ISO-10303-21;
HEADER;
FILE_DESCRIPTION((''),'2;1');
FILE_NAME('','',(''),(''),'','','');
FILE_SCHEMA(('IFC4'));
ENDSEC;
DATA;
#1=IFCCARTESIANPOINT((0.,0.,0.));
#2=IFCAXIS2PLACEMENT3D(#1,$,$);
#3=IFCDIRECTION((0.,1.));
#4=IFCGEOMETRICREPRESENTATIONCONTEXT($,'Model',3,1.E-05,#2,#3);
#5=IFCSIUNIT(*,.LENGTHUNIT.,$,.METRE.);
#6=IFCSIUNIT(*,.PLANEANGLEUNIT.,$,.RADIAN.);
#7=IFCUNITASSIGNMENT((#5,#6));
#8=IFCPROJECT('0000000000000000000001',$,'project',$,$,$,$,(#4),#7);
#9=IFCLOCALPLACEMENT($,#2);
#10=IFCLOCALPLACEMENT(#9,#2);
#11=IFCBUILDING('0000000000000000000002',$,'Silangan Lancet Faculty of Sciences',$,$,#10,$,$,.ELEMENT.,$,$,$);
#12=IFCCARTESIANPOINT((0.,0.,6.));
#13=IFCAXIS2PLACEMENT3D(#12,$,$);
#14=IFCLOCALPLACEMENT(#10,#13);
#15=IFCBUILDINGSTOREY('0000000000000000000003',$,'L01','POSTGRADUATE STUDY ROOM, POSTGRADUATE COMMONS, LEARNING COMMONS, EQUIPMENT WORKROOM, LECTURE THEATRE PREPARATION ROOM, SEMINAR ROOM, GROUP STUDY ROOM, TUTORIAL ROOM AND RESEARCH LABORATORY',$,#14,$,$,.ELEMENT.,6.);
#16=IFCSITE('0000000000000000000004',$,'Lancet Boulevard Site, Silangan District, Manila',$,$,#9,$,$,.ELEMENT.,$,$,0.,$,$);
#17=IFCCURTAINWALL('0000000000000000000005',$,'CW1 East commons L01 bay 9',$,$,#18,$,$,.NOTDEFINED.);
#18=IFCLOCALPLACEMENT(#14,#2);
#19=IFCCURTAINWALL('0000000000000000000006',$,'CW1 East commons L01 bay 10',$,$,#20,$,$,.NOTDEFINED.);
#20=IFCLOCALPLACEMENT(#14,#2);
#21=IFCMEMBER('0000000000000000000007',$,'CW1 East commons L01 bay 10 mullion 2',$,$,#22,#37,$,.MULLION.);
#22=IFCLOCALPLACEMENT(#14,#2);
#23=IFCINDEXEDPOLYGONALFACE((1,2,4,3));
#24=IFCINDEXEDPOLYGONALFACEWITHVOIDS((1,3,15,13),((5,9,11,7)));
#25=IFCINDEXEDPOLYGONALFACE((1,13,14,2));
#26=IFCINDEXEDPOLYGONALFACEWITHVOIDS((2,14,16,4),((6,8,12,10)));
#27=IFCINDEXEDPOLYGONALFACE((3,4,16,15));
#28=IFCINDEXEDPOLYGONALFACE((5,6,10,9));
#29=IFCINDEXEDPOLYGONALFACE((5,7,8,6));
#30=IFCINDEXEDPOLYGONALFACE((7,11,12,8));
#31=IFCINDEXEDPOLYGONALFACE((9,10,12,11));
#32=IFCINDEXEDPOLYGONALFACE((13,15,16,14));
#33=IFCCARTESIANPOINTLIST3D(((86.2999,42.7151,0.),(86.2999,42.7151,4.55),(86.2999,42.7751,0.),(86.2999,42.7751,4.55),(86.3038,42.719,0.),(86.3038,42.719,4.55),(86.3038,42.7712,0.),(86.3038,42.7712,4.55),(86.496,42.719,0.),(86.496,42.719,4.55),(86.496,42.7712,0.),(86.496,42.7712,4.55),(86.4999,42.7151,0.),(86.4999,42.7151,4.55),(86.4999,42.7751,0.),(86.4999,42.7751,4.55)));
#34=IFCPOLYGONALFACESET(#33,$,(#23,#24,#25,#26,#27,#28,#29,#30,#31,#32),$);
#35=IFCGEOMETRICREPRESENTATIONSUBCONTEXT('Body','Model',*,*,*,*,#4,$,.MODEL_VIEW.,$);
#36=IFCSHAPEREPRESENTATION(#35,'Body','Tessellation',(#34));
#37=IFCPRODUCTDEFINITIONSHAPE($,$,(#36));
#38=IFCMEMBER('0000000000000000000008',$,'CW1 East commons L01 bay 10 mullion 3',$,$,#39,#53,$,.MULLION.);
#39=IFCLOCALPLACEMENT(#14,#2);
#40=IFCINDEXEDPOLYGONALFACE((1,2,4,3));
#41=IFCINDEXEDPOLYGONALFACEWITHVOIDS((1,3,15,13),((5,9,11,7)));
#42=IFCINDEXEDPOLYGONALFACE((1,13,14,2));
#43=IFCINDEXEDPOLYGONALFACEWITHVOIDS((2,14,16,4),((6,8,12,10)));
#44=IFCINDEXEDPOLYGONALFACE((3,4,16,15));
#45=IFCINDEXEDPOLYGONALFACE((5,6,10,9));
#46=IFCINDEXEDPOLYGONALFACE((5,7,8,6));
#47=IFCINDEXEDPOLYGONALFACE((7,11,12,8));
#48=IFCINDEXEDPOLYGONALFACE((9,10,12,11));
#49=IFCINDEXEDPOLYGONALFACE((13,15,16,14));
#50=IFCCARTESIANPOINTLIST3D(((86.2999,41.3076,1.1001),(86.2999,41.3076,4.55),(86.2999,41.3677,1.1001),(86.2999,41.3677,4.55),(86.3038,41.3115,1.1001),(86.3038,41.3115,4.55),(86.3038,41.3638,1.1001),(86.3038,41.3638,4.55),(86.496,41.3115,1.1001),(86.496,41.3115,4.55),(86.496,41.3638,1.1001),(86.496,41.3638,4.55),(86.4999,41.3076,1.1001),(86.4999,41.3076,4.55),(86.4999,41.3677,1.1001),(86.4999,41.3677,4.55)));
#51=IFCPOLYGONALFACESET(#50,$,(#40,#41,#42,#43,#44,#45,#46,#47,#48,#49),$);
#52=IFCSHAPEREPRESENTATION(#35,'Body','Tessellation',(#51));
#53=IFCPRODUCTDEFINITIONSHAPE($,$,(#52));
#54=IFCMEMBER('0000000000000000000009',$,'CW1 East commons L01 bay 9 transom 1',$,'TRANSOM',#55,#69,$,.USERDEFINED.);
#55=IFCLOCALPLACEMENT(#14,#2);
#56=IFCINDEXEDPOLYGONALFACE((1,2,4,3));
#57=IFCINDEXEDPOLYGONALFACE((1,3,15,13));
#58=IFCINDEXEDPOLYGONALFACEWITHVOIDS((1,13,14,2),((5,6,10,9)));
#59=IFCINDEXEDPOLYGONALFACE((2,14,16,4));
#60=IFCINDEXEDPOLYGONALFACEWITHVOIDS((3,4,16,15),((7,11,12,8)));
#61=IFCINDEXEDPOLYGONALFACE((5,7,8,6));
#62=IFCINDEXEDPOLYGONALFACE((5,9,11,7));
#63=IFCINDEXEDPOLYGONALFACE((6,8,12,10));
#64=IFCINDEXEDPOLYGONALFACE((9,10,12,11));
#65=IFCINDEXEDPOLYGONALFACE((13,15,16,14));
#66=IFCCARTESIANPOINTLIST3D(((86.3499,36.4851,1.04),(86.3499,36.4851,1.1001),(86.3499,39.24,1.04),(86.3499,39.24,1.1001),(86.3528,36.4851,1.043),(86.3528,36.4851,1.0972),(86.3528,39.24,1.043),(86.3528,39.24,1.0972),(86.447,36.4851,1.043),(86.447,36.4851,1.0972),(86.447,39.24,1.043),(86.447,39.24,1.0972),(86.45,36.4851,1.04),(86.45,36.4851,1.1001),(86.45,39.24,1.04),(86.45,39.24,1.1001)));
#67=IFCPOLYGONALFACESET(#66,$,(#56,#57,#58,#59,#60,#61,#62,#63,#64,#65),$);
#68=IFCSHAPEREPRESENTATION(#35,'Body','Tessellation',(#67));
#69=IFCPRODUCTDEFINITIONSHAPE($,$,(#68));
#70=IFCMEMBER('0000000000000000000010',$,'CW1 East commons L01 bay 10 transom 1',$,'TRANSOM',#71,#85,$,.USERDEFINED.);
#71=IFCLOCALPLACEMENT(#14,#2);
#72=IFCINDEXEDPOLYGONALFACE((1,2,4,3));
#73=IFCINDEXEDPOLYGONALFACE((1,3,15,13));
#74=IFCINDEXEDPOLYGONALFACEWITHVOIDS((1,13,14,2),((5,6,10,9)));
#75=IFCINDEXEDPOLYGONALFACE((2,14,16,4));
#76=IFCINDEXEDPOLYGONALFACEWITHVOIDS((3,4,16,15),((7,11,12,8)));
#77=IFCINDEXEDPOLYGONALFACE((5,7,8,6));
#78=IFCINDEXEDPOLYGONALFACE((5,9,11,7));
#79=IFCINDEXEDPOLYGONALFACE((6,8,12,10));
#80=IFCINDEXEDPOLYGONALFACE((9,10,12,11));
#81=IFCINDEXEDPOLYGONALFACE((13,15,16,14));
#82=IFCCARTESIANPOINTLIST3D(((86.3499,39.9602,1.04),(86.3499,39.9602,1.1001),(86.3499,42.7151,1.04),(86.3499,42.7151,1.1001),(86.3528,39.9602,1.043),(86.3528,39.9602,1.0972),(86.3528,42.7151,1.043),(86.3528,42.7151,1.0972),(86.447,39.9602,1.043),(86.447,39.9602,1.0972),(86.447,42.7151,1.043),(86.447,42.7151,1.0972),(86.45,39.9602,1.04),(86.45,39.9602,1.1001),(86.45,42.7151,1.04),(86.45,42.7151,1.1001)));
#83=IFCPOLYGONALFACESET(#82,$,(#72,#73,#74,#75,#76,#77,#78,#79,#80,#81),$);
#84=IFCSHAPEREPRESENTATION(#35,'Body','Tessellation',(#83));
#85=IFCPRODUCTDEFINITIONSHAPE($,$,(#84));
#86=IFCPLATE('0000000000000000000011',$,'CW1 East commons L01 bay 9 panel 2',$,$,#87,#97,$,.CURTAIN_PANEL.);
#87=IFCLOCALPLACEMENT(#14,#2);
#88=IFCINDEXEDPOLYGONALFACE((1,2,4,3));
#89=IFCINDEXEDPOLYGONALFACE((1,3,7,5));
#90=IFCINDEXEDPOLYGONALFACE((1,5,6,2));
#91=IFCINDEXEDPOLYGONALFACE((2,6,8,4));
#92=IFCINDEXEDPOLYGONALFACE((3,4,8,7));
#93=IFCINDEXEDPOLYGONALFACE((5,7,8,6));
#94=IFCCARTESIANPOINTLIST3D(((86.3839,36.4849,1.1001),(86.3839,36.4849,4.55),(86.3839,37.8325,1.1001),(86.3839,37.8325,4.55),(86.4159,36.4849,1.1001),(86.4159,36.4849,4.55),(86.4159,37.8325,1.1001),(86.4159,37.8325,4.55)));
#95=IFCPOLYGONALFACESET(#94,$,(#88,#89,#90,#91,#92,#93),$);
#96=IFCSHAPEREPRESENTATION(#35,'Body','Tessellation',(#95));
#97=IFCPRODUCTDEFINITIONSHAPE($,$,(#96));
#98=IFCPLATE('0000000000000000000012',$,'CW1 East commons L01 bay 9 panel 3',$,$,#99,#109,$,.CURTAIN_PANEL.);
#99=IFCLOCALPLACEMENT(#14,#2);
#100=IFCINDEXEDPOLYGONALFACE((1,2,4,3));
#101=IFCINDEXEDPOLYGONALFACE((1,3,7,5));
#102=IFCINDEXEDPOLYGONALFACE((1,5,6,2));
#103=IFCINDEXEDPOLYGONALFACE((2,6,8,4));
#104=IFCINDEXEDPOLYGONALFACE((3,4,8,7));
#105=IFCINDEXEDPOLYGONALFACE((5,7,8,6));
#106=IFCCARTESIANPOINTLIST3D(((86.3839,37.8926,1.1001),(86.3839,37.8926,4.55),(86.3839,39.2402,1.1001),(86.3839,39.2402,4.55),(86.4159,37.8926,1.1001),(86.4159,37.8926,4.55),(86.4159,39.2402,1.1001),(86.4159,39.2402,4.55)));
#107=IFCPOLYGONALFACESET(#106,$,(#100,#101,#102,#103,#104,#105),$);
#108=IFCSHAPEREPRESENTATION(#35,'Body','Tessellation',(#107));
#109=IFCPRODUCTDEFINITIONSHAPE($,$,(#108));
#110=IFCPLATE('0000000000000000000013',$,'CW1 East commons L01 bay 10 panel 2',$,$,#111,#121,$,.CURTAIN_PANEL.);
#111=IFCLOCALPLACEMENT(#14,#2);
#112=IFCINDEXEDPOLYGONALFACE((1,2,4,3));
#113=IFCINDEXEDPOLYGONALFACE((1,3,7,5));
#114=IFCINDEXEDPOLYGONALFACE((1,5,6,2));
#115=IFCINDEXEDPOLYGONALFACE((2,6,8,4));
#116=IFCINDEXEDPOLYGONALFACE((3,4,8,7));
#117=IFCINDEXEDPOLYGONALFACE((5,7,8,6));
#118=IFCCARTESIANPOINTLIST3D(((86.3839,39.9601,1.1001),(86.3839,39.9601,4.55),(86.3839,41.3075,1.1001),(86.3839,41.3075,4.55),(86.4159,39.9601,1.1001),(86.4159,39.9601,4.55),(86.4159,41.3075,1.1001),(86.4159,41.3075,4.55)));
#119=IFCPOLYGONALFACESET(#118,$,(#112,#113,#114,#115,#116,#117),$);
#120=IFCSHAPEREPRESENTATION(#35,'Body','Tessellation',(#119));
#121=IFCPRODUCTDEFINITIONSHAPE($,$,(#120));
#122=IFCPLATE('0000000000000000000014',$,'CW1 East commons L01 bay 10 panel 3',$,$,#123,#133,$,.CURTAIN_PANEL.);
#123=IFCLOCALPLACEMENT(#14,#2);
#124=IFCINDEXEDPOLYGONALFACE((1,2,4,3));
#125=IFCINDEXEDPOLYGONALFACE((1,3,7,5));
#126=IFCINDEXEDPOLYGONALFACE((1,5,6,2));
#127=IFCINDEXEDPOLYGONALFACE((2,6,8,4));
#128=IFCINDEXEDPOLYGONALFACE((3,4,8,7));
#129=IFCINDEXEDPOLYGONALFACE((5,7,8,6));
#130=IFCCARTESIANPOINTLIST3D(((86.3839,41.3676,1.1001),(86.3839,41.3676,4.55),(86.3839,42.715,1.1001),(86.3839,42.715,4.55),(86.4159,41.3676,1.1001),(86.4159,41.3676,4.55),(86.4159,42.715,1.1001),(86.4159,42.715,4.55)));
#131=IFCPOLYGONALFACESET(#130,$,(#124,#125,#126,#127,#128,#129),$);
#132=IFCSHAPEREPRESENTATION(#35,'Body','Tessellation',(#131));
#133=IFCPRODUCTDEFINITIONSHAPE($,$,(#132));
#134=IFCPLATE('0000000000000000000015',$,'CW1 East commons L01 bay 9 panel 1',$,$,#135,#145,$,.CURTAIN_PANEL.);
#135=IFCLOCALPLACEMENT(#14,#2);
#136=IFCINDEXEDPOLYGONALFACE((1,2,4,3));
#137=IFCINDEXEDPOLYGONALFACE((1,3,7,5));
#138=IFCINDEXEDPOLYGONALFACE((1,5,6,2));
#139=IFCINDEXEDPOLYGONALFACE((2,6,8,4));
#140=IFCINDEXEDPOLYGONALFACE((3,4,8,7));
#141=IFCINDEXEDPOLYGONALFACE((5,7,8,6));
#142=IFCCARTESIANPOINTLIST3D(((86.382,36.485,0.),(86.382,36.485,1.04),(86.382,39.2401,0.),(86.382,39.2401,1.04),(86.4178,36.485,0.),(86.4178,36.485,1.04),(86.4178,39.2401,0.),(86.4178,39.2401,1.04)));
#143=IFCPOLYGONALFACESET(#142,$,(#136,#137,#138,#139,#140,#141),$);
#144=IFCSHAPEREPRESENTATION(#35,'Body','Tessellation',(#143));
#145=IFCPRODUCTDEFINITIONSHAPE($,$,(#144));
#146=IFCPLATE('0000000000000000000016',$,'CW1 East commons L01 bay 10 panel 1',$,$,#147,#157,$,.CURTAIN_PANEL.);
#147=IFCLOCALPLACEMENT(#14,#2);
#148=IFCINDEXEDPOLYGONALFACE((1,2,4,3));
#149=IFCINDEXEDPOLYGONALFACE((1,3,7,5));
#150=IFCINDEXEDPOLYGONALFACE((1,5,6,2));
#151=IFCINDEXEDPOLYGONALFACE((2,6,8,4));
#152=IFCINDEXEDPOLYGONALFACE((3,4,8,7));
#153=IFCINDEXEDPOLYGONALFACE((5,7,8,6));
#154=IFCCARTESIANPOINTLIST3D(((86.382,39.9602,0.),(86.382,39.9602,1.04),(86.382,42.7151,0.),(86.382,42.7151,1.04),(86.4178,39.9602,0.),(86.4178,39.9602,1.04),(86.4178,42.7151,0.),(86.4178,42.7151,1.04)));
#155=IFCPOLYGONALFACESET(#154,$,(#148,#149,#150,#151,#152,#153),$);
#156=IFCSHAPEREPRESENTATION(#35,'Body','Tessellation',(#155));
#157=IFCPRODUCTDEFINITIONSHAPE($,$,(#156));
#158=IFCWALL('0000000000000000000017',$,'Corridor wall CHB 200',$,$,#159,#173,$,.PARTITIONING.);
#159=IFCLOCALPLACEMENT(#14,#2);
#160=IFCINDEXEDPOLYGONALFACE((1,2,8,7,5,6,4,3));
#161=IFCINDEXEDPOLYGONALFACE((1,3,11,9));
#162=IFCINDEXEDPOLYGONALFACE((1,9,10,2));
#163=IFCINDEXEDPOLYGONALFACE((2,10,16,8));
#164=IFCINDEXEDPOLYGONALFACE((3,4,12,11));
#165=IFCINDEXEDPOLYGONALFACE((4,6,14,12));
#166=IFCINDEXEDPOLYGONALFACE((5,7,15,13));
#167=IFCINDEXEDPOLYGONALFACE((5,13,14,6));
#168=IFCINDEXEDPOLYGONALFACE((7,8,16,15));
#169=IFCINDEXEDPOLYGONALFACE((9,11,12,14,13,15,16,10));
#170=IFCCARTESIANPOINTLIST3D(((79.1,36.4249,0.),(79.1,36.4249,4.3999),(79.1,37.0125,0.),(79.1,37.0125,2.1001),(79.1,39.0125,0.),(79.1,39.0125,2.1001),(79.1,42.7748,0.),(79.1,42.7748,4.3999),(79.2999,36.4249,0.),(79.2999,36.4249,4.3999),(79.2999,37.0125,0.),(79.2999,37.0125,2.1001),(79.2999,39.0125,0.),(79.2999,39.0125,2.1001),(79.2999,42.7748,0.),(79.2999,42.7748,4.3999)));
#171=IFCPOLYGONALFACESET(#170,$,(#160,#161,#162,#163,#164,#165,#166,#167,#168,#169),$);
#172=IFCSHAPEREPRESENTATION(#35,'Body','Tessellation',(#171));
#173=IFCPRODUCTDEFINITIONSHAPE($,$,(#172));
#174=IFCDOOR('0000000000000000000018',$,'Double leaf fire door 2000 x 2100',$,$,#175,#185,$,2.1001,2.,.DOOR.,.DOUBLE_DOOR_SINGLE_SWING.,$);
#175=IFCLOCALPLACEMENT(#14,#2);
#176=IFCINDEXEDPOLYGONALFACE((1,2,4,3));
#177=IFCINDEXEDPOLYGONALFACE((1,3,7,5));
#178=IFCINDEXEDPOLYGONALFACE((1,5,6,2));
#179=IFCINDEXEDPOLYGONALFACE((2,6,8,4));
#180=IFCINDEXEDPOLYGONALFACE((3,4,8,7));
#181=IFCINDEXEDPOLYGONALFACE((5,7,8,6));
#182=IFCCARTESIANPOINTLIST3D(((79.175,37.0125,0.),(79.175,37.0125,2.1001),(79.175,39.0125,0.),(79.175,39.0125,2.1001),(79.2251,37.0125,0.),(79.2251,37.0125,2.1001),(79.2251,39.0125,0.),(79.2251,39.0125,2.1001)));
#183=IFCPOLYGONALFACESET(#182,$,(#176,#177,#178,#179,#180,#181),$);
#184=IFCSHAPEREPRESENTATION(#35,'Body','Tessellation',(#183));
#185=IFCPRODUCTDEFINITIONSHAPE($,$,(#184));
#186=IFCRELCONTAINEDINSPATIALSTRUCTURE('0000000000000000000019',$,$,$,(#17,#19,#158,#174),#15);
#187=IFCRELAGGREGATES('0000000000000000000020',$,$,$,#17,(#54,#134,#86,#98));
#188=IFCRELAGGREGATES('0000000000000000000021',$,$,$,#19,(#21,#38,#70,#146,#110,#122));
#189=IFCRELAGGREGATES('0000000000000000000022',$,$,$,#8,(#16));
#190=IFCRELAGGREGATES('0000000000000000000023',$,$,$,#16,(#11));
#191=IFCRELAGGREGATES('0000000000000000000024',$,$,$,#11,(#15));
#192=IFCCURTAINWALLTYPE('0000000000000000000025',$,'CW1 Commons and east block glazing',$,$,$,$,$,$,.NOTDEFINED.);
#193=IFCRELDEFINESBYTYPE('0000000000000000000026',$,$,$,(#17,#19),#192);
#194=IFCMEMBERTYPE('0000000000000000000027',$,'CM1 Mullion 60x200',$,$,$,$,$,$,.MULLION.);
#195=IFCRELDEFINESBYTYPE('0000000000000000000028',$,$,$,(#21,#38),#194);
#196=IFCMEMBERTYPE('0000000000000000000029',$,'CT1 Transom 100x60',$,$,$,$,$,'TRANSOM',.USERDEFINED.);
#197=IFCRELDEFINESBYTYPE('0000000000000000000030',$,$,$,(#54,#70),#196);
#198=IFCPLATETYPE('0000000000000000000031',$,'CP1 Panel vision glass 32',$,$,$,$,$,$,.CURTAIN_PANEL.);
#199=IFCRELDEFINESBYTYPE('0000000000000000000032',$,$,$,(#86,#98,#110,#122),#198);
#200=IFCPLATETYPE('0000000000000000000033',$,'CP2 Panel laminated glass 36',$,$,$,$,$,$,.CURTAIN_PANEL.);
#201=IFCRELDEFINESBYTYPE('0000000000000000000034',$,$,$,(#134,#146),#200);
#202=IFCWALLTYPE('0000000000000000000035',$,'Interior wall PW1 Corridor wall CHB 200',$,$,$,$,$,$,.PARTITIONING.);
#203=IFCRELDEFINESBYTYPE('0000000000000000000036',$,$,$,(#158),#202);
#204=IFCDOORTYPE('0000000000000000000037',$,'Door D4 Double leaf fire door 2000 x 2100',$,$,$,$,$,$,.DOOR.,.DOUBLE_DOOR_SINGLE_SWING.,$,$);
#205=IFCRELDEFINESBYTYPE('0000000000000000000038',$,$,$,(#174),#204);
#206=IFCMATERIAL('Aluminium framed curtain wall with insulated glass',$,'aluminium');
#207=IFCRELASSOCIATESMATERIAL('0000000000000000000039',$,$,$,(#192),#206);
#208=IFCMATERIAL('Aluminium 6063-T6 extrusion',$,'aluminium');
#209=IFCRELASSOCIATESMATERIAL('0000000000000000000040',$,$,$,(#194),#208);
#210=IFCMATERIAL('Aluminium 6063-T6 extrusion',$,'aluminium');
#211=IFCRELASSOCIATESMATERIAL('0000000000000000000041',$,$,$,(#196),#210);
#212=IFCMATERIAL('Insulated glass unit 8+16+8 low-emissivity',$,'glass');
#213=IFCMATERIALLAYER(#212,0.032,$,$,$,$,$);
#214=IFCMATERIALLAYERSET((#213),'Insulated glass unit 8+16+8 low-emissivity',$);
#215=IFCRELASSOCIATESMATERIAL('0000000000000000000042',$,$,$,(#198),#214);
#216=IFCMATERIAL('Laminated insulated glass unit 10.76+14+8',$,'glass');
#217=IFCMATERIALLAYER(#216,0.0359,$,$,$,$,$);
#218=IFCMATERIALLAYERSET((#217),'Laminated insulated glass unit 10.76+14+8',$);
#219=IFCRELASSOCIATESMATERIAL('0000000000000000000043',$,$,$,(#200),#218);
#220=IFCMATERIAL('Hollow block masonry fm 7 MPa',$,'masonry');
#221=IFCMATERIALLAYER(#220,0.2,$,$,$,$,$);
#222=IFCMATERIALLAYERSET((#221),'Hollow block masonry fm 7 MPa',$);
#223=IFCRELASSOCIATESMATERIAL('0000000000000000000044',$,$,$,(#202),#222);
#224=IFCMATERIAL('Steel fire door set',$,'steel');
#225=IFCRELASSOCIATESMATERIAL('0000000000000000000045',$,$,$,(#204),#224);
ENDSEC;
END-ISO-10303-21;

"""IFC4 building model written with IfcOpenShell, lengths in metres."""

from ifc_helpers import new_model, si_unit, direction, frame, frame_2d, origin, origin_2d, place, context, subcontext, project, spatial, rectangle, hollow_rectangle, extrude, material, layer, layer_set, material_profile, profile_set, type_object, element, fill, aggregate, save


model = new_model("IFC4")

# Units and contexts
model_context = context("Model", 3, precision=1e-05, world=origin(), true_north=direction((0.0, 1.0)))
body_context = subcontext(model_context, "Body", "Model", "MODEL_VIEW")
ifc_project = project(units=[si_unit("LENGTHUNIT", "METRE"), si_unit("PLANEANGLEUNIT", "RADIAN")], contexts=[model_context])

# Site, building, storey
site_placement = place(None, origin())
site = spatial("IfcSite", under=ifc_project, at=site_placement, Name="Lancet Boulevard Site, Silangan District, Manila", CompositionType="ELEMENT", RefElevation=0.0)
building_placement = place(site_placement, origin())
building = spatial("IfcBuilding", under=site, at=building_placement, Name="Silangan Lancet Faculty of Sciences", CompositionType="ELEMENT")
storey_placement = place(building_placement, frame((0.0, 0.0, 6.0)))
storey = spatial("IfcBuildingStorey", under=building, at=storey_placement, Name="L01", Description="POSTGRADUATE STUDY ROOM, POSTGRADUATE COMMONS, LEARNING COMMONS, EQUIPMENT WORKROOM, LECTURE THEATRE PREPARATION ROOM, SEMINAR ROOM, GROUP STUDY ROOM, TUTORIAL ROOM AND RESEARCH LABORATORY", CompositionType="ELEMENT", Elevation=6.0)

# Curtain walls, members
ifc_material_1 = material(Name="Aluminium framed curtain wall with insulated glass", Category="aluminium")
curtain_wall_type = type_object("IfcCurtainWallType", Name="CW1 Commons and east block glazing", PredefinedType="NOTDEFINED", material=ifc_material_1)
curtain_wall_1_placement = place(storey_placement, origin())
curtain_wall_1 = element("IfcCurtainWall", 1, at=curtain_wall_1_placement, inside=storey, type_object=curtain_wall_type, Name="CW1 East commons L01 bay 9", PredefinedType="NOTDEFINED")
ifc_material_2 = material(Name="Aluminium 6063-T6 extrusion", Category="aluminium")
ifc_material_profile_1 = material_profile(ifc_material_2, hollow_rectangle(XDim=0.0601, YDim=0.2, WallThickness=0.0039, at=origin_2d()), Name="AL BOX 60x200x4")
ifc_profile_set_1 = profile_set([ifc_material_profile_1], Name="Aluminium 6063-T6 extrusion")
member_type_1 = type_object("IfcMemberType", Name="CM1 Mullion 60x200", PredefinedType="MULLION", material=ifc_profile_set_1)
curtain_wall_2_placement = place(storey_placement, origin())
curtain_wall_2 = element("IfcCurtainWall", 2, at=curtain_wall_2_placement, inside=storey, type_object=curtain_wall_type, Name="CW1 East commons L01 bay 10", PredefinedType="NOTDEFINED")
member_1_placement = place(storey_placement, frame((86.3999, 42.7451, 0.0), z_axis=(0.0, 0.0, 1.0), x_axis=(0.0, 1.0, 0.0)))
member_1 = element("IfcMember", 3, at=member_1_placement, type_object=member_type_1, Name="CW1 East commons L01 bay 10 mullion 2", PredefinedType="MULLION", context=body_context, shape_type="SweptSolid", body=[
    extrude(hollow_rectangle(XDim=0.0601, YDim=0.2, WallThickness=0.0039, at=origin_2d()), origin(), (0.0, 0.0, 1.0), 4.55),
])
member_2_placement = place(storey_placement, frame((86.3999, 41.3376, 1.1001), z_axis=(0.0, 0.0, 1.0), x_axis=(0.0, 1.0, 0.0)))
member_2 = element("IfcMember", 4, at=member_2_placement, type_object=member_type_1, Name="CW1 East commons L01 bay 10 mullion 3", PredefinedType="MULLION", context=body_context, shape_type="SweptSolid", body=[
    extrude(hollow_rectangle(XDim=0.0601, YDim=0.2, WallThickness=0.0039, at=origin_2d()), origin(), (0.0, 0.0, 1.0), 3.45),
])

# Members
ifc_material_3 = material(Name="Aluminium 6063-T6 extrusion", Category="aluminium")
ifc_material_profile_2 = material_profile(ifc_material_3, hollow_rectangle(XDim=0.1001, YDim=0.0601, WallThickness=0.0029, at=origin_2d()), Name="AL BOX 100x60x3")
ifc_profile_set_2 = profile_set([ifc_material_profile_2], Name="Aluminium 6063-T6 extrusion")
member_type_2 = type_object("IfcMemberType", Name="CT1 Transom 100x60", ElementType="TRANSOM", PredefinedType="USERDEFINED", material=ifc_profile_set_2)
member_3_placement = place(storey_placement, frame((86.3999, 36.4851, 1.0701), z_axis=(0.0, 1.0, 0.0), x_axis=(-1.0, 0.0, 0.0)))
member_3 = element("IfcMember", 5, at=member_3_placement, type_object=member_type_2, Name="CW1 East commons L01 bay 9 transom 1", ObjectType="TRANSOM", PredefinedType="USERDEFINED", context=body_context, shape_type="SweptSolid", body=[
    extrude(hollow_rectangle(XDim=0.1001, YDim=0.0601, WallThickness=0.0029, at=origin_2d()), origin(), (0.0, 0.0, 1.0), 2.7549),
])
member_4_placement = place(storey_placement, frame((86.3999, 39.9602, 1.0701), z_axis=(0.0, 1.0, 0.0), x_axis=(-1.0, 0.0, 0.0)))
member_4 = element("IfcMember", 6, at=member_4_placement, type_object=member_type_2, Name="CW1 East commons L01 bay 10 transom 1", ObjectType="TRANSOM", PredefinedType="USERDEFINED", context=body_context, shape_type="SweptSolid", body=[
    extrude(hollow_rectangle(XDim=0.1001, YDim=0.0601, WallThickness=0.0029, at=origin_2d()), origin(), (0.0, 0.0, 1.0), 2.7549),
])

# Plates
ifc_material_4 = material(Name="Insulated glass unit 8+16+8 low-emissivity", Category="glass")
ifc_layer_1 = layer(ifc_material_4, 0.032)
ifc_layer_set_1 = layer_set([ifc_layer_1], Name="Insulated glass unit 8+16+8 low-emissivity")
plate_type_1 = type_object("IfcPlateType", Name="CP1 Panel vision glass 32", PredefinedType="CURTAIN_PANEL", material=ifc_layer_set_1)
plate_1_placement = place(storey_placement, frame((86.3999, 37.1587, 1.1001), z_axis=(0.0, 0.0, 1.0), x_axis=(0.0, 1.0, 0.0)))
plate_1 = element("IfcPlate", 7, at=plate_1_placement, type_object=plate_type_1, Name="CW1 East commons L01 bay 9 panel 2", PredefinedType="CURTAIN_PANEL", context=body_context, shape_type="SweptSolid", body=[
    extrude(rectangle(XDim=1.3477, YDim=0.032, at=origin_2d()), origin(), (0.0, 0.0, 1.0), 3.45),
])
plate_2_placement = place(storey_placement, frame((86.3999, 38.5664, 1.1001), z_axis=(0.0, 0.0, 1.0), x_axis=(0.0, 1.0, 0.0)))
plate_2 = element("IfcPlate", 8, at=plate_2_placement, type_object=plate_type_1, Name="CW1 East commons L01 bay 9 panel 3", PredefinedType="CURTAIN_PANEL", context=body_context, shape_type="SweptSolid", body=[
    extrude(rectangle(XDim=1.3477, YDim=0.032, at=origin_2d()), origin(), (0.0, 0.0, 1.0), 3.45),
])
plate_3_placement = place(storey_placement, frame((86.3999, 40.6338, 1.1001), z_axis=(0.0, 0.0, 1.0), x_axis=(0.0, 1.0, 0.0)))
plate_3 = element("IfcPlate", 9, at=plate_3_placement, type_object=plate_type_1, Name="CW1 East commons L01 bay 10 panel 2", PredefinedType="CURTAIN_PANEL", context=body_context, shape_type="SweptSolid", body=[
    extrude(rectangle(XDim=1.3474, YDim=0.032, at=origin_2d()), origin(), (0.0, 0.0, 1.0), 3.45),
])
plate_4_placement = place(storey_placement, frame((86.3999, 42.0413, 1.1001), z_axis=(0.0, 0.0, 1.0), x_axis=(0.0, 1.0, 0.0)))
plate_4 = element("IfcPlate", 10, at=plate_4_placement, type_object=plate_type_1, Name="CW1 East commons L01 bay 10 panel 3", PredefinedType="CURTAIN_PANEL", context=body_context, shape_type="SweptSolid", body=[
    extrude(rectangle(XDim=1.3474, YDim=0.032, at=origin_2d()), origin(), (0.0, 0.0, 1.0), 3.45),
])
ifc_material_5 = material(Name="Laminated insulated glass unit 10.76+14+8", Category="glass")
ifc_layer_2 = layer(ifc_material_5, 0.0359)
ifc_layer_set_2 = layer_set([ifc_layer_2], Name="Laminated insulated glass unit 10.76+14+8")
plate_type_2 = type_object("IfcPlateType", Name="CP2 Panel laminated glass 36", PredefinedType="CURTAIN_PANEL", material=ifc_layer_set_2)
plate_5_placement = place(storey_placement, frame((86.3999, 37.8625, 0.0), z_axis=(0.0, 0.0, 1.0), x_axis=(0.0, 1.0, 0.0)))
plate_5 = element("IfcPlate", 11, at=plate_5_placement, type_object=plate_type_2, Name="CW1 East commons L01 bay 9 panel 1", PredefinedType="CURTAIN_PANEL", context=body_context, shape_type="SweptSolid", body=[
    extrude(rectangle(XDim=2.7551, YDim=0.0359, at=origin_2d()), origin(), (0.0, 0.0, 1.0), 1.04),
])
aggregate(curtain_wall_1, [member_3, plate_5, plate_1, plate_2])
plate_6_placement = place(storey_placement, frame((86.3999, 41.3376, 0.0), z_axis=(0.0, 0.0, 1.0), x_axis=(0.0, 1.0, 0.0)))
plate_6 = element("IfcPlate", 12, at=plate_6_placement, type_object=plate_type_2, Name="CW1 East commons L01 bay 10 panel 1", PredefinedType="CURTAIN_PANEL", context=body_context, shape_type="SweptSolid", body=[
    extrude(rectangle(XDim=2.7549, YDim=0.0359, at=origin_2d()), origin(), (0.0, 0.0, 1.0), 1.04),
])
aggregate(curtain_wall_2, [member_1, member_2, member_4, plate_6, plate_3, plate_4])

# Wall, opening, door
ifc_material_6 = material(Name="Hollow block masonry fm 7 MPa", Category="masonry")
ifc_layer_3 = layer(ifc_material_6, 0.2)
ifc_layer_set_3 = layer_set([ifc_layer_3], Name="Hollow block masonry fm 7 MPa")
wall_type_1 = type_object("IfcWallType", Name="Interior wall PW1 Corridor wall CHB 200", PredefinedType="PARTITIONING", material=ifc_layer_set_3)
wall_1_placement = place(storey_placement, frame((79.2, 36.425, 0.0), z_axis=(0.0, 0.0, 1.0), x_axis=(0.0, 1.0, 0.0)))
wall_1 = element("IfcWall", 13, at=wall_1_placement, inside=storey, type_object=wall_type_1, Name="Corridor wall CHB 200", PredefinedType="PARTITIONING", context=body_context, shape_type="SweptSolid", body=[
    extrude(rectangle(XDim=6.3499, YDim=0.2, at=frame_2d((3.1748, 0.0))), origin(), (0.0, 0.0, 1.0), 4.3999),
])
opening_1_placement = place(wall_1_placement, frame((0.5874, 0.0, 0.0)))
opening_1 = element("IfcOpeningElement", 14, at=opening_1_placement, cuts=wall_1, PredefinedType="OPENING", context=body_context, shape_type="SweptSolid", body=[
    extrude(rectangle(XDim=2.0, YDim=2.1001, at=frame_2d((1.0, 1.05))), frame((0.0, 0.1099, 0.0), z_axis=(0.0, -1.0, 0.0), x_axis=(1.0, 0.0, 0.0)), (0.0, 0.0, 1.0), 0.22),
])
ifc_material_7 = material(Name="Steel fire door set", Category="steel")
door_type_1 = type_object("IfcDoorType", Name="Door D4 Double leaf fire door 2000 x 2100", OperationType="DOUBLE_DOOR_SINGLE_SWING", PredefinedType="DOOR", material=ifc_material_7)
door_1_placement = place(opening_1_placement, origin())
door_1 = element("IfcDoor", 15, at=door_1_placement, inside=storey, type_object=door_type_1, Name="Double leaf fire door 2000 x 2100", OperationType="DOUBLE_DOOR_SINGLE_SWING", OverallHeight=2.1001, OverallWidth=2.0, PredefinedType="DOOR", context=body_context, shape_type="SweptSolid", body=[
    extrude(rectangle(XDim=2.0, YDim=2.1001, at=frame_2d((1.0, 1.05))), frame((0.0, 0.0249, 0.0), z_axis=(0.0, -1.0, 0.0), x_axis=(1.0, 0.0, 0.0)), (0.0, 0.0, 1.0), 0.05),
])
fill(opening_1, door_1)

save(model, "model.ifc")
